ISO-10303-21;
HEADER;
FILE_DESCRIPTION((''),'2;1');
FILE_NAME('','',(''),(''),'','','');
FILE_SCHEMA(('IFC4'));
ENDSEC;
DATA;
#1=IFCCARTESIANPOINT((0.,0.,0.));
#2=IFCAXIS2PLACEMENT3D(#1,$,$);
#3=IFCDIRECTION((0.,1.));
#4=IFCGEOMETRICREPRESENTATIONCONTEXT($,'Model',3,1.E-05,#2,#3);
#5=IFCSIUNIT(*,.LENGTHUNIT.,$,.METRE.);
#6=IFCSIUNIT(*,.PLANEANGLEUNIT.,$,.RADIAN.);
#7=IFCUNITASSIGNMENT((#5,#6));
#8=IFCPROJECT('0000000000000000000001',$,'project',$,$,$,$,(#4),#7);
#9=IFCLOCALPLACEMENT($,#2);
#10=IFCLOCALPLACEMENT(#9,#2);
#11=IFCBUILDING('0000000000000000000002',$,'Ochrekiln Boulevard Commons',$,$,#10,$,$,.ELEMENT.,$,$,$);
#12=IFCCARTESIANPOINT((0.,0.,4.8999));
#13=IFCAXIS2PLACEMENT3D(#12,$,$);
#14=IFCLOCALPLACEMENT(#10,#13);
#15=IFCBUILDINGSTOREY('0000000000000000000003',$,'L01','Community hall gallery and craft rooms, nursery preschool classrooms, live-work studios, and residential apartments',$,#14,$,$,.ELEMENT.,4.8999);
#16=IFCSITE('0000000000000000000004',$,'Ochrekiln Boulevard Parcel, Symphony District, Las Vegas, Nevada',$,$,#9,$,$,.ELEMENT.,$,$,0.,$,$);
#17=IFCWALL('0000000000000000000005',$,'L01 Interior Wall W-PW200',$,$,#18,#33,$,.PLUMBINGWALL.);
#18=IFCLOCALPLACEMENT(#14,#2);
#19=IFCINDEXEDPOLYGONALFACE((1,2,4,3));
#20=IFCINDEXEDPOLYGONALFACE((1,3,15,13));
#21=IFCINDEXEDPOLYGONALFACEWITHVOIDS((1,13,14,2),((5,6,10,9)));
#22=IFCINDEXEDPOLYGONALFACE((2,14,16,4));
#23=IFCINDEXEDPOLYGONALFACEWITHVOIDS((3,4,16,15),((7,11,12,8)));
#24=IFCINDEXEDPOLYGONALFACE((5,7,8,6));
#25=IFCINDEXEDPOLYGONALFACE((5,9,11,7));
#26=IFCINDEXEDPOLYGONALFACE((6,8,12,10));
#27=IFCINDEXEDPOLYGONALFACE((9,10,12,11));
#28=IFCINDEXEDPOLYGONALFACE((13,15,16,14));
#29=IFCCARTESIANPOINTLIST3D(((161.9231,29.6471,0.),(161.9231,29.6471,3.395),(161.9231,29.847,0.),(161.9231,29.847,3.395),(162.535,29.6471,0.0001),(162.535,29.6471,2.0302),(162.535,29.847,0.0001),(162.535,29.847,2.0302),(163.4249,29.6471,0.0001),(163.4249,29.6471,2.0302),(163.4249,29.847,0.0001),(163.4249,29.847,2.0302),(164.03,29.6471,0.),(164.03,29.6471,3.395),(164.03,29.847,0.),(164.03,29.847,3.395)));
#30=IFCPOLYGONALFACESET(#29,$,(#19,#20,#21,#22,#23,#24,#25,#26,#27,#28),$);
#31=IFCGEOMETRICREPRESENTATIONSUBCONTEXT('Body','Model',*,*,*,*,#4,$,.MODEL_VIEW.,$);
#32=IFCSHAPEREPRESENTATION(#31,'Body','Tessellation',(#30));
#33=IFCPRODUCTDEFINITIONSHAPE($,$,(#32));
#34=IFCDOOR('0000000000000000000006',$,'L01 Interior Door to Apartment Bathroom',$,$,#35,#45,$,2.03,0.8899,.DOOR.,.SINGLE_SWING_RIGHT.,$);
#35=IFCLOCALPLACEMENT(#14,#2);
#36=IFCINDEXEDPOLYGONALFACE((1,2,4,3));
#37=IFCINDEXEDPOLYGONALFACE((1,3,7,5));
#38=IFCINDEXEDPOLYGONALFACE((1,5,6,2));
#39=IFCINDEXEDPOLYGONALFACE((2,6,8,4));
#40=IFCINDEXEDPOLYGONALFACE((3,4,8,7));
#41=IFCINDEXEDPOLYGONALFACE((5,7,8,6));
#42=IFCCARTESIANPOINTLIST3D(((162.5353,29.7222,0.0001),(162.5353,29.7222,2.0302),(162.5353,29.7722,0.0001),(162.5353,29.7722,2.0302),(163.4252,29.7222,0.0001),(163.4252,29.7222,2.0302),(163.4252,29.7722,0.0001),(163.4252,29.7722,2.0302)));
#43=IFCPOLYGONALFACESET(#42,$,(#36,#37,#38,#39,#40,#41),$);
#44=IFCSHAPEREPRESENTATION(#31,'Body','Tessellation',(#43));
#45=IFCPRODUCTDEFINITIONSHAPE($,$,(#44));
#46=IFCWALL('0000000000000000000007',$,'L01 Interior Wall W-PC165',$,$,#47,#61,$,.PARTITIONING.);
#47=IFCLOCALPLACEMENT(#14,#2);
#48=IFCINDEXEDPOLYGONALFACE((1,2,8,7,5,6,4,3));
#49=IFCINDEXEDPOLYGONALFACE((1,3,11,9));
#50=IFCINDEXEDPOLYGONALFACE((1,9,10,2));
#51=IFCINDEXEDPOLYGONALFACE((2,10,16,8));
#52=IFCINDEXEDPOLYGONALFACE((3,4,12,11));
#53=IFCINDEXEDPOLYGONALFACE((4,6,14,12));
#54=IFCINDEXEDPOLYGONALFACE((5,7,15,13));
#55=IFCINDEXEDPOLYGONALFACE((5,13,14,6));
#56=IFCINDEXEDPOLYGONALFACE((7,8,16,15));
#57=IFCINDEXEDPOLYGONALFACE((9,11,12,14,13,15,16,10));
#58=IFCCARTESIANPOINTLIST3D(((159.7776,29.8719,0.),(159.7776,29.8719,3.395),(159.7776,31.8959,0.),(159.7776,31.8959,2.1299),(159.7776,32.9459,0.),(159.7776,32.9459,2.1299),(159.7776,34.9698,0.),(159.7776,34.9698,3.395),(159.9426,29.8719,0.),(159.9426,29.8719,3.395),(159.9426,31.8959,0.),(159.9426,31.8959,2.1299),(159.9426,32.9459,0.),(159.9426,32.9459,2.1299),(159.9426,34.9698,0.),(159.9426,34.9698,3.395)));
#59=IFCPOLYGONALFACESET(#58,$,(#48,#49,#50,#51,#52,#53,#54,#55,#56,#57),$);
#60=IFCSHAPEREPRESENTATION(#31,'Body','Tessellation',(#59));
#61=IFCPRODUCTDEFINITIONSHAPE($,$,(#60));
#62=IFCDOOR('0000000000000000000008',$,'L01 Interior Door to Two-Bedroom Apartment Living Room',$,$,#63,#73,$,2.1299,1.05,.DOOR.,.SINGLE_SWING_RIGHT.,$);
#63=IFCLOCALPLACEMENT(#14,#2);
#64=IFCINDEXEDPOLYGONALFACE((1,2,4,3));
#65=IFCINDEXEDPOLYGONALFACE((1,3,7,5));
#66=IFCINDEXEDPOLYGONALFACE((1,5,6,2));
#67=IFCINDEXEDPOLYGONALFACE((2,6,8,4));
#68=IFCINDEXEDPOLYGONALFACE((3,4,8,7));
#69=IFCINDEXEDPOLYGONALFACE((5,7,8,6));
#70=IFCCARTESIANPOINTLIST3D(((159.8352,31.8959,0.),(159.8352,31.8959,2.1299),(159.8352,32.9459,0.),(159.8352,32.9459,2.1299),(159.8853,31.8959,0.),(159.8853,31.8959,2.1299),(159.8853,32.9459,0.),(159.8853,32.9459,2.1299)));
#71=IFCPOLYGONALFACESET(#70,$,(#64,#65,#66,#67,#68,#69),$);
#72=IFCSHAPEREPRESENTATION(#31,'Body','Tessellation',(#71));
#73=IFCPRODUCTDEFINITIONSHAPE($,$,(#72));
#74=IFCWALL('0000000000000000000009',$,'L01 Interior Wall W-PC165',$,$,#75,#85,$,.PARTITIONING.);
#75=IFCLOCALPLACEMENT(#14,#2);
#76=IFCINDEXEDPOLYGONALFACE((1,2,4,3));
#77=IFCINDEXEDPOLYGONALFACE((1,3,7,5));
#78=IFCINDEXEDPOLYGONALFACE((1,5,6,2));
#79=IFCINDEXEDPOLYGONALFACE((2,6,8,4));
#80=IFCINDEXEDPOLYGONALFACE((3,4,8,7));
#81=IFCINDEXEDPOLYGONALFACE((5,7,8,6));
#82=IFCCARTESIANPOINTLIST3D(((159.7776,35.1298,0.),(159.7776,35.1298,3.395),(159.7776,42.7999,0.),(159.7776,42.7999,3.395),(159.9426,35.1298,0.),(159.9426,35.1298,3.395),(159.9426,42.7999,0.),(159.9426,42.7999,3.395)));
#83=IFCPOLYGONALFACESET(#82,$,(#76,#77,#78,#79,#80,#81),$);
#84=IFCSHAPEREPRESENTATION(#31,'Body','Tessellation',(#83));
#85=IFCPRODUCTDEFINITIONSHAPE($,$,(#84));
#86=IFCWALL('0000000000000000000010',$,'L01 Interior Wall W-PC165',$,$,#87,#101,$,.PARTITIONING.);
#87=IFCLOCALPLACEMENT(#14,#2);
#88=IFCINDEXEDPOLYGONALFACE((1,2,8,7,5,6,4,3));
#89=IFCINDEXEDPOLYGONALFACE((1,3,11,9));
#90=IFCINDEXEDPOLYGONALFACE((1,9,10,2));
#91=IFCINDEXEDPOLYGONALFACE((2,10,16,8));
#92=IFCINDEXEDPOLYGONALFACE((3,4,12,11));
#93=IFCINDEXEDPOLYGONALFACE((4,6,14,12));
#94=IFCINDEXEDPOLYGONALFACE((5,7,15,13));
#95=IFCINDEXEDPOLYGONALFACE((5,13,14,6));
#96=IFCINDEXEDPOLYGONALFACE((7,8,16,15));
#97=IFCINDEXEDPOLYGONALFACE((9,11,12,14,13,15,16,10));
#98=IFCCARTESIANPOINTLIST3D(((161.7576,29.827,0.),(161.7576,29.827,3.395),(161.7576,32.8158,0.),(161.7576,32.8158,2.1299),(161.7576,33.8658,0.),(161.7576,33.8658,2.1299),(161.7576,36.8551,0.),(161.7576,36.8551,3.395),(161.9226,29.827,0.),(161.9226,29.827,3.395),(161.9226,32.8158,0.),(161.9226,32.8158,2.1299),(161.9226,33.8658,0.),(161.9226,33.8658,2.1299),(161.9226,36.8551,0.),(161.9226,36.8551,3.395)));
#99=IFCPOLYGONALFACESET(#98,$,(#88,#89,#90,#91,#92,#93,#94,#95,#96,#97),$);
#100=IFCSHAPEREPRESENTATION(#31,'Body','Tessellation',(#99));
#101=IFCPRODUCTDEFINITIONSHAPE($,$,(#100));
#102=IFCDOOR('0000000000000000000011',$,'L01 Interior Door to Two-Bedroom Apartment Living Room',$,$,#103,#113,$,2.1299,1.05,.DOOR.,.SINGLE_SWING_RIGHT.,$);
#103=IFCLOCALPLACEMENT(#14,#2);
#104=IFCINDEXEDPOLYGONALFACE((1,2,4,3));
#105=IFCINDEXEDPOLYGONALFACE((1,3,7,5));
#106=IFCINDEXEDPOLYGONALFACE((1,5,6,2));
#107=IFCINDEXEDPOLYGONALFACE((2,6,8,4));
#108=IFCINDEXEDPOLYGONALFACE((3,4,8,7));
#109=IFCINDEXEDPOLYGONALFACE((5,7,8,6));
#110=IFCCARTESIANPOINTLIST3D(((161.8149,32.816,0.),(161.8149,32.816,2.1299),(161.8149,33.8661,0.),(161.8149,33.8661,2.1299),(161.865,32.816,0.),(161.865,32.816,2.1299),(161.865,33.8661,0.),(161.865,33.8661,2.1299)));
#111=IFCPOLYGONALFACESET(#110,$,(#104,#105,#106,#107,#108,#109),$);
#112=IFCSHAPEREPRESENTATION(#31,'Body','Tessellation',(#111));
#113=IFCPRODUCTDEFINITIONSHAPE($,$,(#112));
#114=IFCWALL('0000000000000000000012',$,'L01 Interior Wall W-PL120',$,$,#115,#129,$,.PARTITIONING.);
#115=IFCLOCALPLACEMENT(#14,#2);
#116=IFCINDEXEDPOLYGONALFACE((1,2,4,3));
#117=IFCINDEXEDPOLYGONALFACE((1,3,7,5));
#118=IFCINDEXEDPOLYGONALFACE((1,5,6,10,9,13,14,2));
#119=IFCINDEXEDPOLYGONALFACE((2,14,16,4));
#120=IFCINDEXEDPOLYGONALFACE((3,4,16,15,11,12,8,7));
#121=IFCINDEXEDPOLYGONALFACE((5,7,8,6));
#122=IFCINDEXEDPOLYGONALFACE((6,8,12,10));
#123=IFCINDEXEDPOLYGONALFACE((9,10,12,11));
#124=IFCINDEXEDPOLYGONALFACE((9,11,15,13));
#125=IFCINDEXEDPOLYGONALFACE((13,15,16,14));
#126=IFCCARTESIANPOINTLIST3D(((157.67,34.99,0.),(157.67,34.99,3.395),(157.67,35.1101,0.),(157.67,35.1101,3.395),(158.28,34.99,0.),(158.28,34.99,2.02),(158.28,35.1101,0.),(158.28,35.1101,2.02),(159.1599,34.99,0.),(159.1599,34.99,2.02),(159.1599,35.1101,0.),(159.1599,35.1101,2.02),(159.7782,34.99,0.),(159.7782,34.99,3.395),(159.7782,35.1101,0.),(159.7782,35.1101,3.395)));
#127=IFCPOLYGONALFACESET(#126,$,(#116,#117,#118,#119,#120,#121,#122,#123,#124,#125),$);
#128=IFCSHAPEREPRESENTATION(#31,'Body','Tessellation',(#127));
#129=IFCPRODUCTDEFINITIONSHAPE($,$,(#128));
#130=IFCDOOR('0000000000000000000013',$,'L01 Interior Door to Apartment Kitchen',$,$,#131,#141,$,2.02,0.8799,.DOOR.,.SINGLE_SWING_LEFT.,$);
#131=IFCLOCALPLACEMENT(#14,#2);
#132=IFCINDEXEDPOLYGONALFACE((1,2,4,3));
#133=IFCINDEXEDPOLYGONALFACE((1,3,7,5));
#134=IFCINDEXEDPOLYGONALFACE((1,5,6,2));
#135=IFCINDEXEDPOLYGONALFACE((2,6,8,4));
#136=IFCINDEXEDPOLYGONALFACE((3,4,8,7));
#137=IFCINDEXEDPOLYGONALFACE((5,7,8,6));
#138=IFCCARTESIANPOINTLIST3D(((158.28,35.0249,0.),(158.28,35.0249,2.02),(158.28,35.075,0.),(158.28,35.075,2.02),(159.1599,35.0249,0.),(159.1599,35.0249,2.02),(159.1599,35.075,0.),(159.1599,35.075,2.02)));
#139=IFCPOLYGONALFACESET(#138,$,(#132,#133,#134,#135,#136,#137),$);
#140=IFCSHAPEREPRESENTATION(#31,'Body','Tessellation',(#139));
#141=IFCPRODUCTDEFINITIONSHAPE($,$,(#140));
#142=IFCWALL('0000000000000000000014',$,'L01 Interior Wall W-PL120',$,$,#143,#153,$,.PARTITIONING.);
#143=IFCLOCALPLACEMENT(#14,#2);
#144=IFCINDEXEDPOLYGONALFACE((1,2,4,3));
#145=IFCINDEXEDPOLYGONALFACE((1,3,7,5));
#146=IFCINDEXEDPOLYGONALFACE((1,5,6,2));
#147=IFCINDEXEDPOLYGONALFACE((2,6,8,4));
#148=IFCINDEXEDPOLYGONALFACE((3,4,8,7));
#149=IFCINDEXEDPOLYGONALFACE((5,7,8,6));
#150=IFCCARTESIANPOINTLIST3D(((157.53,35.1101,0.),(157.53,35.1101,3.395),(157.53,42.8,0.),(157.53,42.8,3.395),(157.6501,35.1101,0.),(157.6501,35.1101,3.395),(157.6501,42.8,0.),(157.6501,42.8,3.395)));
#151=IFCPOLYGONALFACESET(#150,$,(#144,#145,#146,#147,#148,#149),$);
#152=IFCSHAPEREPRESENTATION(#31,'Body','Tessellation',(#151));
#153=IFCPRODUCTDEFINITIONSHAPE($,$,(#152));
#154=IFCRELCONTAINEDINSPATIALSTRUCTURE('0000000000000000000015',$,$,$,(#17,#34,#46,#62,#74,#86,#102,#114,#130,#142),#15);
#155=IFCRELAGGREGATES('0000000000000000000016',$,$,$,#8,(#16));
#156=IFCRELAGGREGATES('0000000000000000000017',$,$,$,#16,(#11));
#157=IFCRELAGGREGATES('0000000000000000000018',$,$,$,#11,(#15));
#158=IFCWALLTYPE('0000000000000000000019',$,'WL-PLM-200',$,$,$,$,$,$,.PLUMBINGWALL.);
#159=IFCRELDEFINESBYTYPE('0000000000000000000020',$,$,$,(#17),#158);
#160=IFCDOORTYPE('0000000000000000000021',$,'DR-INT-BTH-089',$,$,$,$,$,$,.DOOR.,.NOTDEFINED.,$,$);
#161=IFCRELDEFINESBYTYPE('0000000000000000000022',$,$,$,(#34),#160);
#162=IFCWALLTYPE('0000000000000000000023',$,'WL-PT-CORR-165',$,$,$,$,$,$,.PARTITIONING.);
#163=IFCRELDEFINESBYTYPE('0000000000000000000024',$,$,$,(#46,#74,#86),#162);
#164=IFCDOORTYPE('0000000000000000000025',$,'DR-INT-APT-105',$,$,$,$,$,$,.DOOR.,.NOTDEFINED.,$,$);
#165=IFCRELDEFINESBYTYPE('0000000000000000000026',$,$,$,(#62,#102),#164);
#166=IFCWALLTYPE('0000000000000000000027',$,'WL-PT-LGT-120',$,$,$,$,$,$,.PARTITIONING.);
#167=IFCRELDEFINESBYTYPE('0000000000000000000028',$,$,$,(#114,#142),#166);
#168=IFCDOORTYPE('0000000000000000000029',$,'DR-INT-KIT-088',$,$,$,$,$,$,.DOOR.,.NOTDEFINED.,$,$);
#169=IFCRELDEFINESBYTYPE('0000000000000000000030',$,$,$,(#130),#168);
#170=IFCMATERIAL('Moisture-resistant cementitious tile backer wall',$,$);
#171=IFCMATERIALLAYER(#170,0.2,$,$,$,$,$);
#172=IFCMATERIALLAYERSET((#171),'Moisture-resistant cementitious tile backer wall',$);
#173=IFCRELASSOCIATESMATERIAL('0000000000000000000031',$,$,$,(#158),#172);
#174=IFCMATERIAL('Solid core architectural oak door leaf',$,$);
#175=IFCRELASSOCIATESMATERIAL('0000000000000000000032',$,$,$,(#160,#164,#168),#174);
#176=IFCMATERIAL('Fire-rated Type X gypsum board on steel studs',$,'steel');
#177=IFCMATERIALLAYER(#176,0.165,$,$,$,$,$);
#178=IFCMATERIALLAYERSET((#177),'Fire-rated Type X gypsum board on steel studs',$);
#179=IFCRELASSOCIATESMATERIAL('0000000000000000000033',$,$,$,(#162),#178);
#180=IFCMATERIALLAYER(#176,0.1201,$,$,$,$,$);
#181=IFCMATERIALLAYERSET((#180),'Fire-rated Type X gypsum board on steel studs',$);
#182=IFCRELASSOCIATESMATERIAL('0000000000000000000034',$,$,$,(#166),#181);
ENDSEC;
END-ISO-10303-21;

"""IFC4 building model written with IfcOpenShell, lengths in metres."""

from ifc_helpers import new_model, si_unit, direction, frame, frame_2d, origin, place, context, subcontext, project, spatial, rectangle, extrude, material, layer, layer_set, type_object, element, fill, save


model = new_model("IFC4")

# Units and contexts
model_context = context("Model", 3, precision=1e-05, world=origin(), true_north=direction((0.0, 1.0)))
body_context = subcontext(model_context, "Body", "Model", "MODEL_VIEW")
ifc_project = project(units=[si_unit("LENGTHUNIT", "METRE"), si_unit("PLANEANGLEUNIT", "RADIAN")], contexts=[model_context])

# Site, building, storey
site_placement = place(None, origin())
site = spatial("IfcSite", under=ifc_project, at=site_placement, Name="Ochrekiln Boulevard Parcel, Symphony District, Las Vegas, Nevada", CompositionType="ELEMENT", RefElevation=0.0)
building_placement = place(site_placement, origin())
building = spatial("IfcBuilding", under=site, at=building_placement, Name="Ochrekiln Boulevard Commons", CompositionType="ELEMENT")
storey_placement = place(building_placement, frame((0.0, 0.0, 4.8999)))
storey = spatial("IfcBuildingStorey", under=building, at=storey_placement, Name="L01", Description="Community hall gallery and craft rooms, nursery preschool classrooms, live-work studios, and residential apartments", CompositionType="ELEMENT", Elevation=4.8999)

# Walls, openings, doors
ifc_material_1 = material(Name="Moisture-resistant cementitious tile backer wall")
ifc_layer_1 = layer(ifc_material_1, 0.2)
ifc_layer_set_1 = layer_set([ifc_layer_1], Name="Moisture-resistant cementitious tile backer wall")
wall_type_1 = type_object("IfcWallType", Name="WL-PLM-200", PredefinedType="PLUMBINGWALL", material=ifc_layer_set_1)
ifc_material_2 = material(Name="Solid core architectural oak door leaf")
door_type_1 = type_object("IfcDoorType", Name="DR-INT-BTH-089", OperationType="NOTDEFINED", PredefinedType="DOOR", material=ifc_material_2)
wall_1_placement = place(storey_placement, frame((161.9231, 29.7471, 0.0), z_axis=(0.0, 0.0, 1.0), x_axis=(1.0, 0.0, 0.0)))
wall_1 = element("IfcWall", 1, at=wall_1_placement, inside=storey, type_object=wall_type_1, Name="L01 Interior Wall W-PW200", PredefinedType="PLUMBINGWALL", context=body_context, shape_type="SweptSolid", body=[
    extrude(rectangle(XDim=2.1069, YDim=0.2, at=frame_2d((1.0535, 0.0))), origin(), (0.0, 0.0, 1.0), 3.395),
])
opening_1_placement = place(wall_1_placement, frame((0.6121, 0.0, 0.0)))
opening_1 = element("IfcOpeningElement", 2, at=opening_1_placement, cuts=wall_1, PredefinedType="OPENING", context=body_context, shape_type="SweptSolid", body=[
    extrude(rectangle(XDim=0.8899, YDim=2.03, at=frame_2d((0.4448, 1.0151))), frame((0.0, 0.1099, 0.0), z_axis=(0.0, -1.0, 0.0), x_axis=(1.0, 0.0, 0.0)), (0.0, 0.0, 1.0), 0.22),
])
door_1_placement = place(opening_1_placement, frame((0.8899, 0.0, 0.0), z_axis=(0.0, 0.0, 1.0), x_axis=(-1.0, 0.0, 0.0)))
door_1 = element("IfcDoor", 3, at=door_1_placement, inside=storey, type_object=door_type_1, Name="L01 Interior Door to Apartment Bathroom", OperationType="SINGLE_SWING_RIGHT", OverallHeight=2.03, OverallWidth=0.8899, PredefinedType="DOOR", context=body_context, shape_type="SweptSolid", body=[
    extrude(rectangle(XDim=0.8899, YDim=2.03, at=frame_2d((0.4448, 1.0151))), frame((0.0, 0.0249, 0.0), z_axis=(0.0, -1.0, 0.0), x_axis=(1.0, 0.0, 0.0)), (0.0, 0.0, 1.0), 0.05),
])
fill(opening_1, door_1)
ifc_material_3 = material(Name="Fire-rated Type X gypsum board on steel studs", Category="steel")
ifc_layer_2 = layer(ifc_material_3, 0.165)
ifc_layer_set_2 = layer_set([ifc_layer_2], Name="Fire-rated Type X gypsum board on steel studs")
wall_type_2 = type_object("IfcWallType", Name="WL-PT-CORR-165", PredefinedType="PARTITIONING", material=ifc_layer_set_2)
wall_2_placement = place(storey_placement, frame((159.8601, 29.8721, 0.0), z_axis=(0.0, 0.0, 1.0), x_axis=(0.0, 1.0, 0.0)))
wall_2 = element("IfcWall", 4, at=wall_2_placement, inside=storey, type_object=wall_type_2, Name="L01 Interior Wall W-PC165", PredefinedType="PARTITIONING", context=body_context, shape_type="SweptSolid", body=[
    extrude(rectangle(XDim=5.0979, YDim=0.165, at=frame_2d((2.5488, 0.0))), origin(), (0.0, 0.0, 1.0), 3.395),
])
opening_2_placement = place(wall_2_placement, frame((2.0239, 0.0, 0.0)))
opening_2 = element("IfcOpeningElement", 5, at=opening_2_placement, cuts=wall_2, PredefinedType="OPENING", context=body_context, shape_type="SweptSolid", body=[
    extrude(rectangle(XDim=1.05, YDim=2.1299, at=frame_2d((0.5249, 1.0649))), frame((0.0, 0.0925, 0.0), z_axis=(0.0, -1.0, 0.0), x_axis=(1.0, 0.0, 0.0)), (0.0, 0.0, 1.0), 0.1851),
])
door_type_2 = type_object("IfcDoorType", Name="DR-INT-APT-105", OperationType="NOTDEFINED", PredefinedType="DOOR", material=ifc_material_2)
door_2_placement = place(opening_2_placement, origin())
door_2 = element("IfcDoor", 6, at=door_2_placement, inside=storey, type_object=door_type_2, Name="L01 Interior Door to Two-Bedroom Apartment Living Room", OperationType="SINGLE_SWING_RIGHT", OverallHeight=2.1299, OverallWidth=1.05, PredefinedType="DOOR", context=body_context, shape_type="SweptSolid", body=[
    extrude(rectangle(XDim=1.05, YDim=2.1299, at=frame_2d((0.5249, 1.0649))), frame((0.0, 0.0249, 0.0), z_axis=(0.0, -1.0, 0.0), x_axis=(1.0, 0.0, 0.0)), (0.0, 0.0, 1.0), 0.05),
])
fill(opening_2, door_2)

# Wall
wall_3_placement = place(storey_placement, frame((159.8601, 35.1299, 0.0), z_axis=(0.0, 0.0, 1.0), x_axis=(0.0, 1.0, 0.0)))
element("IfcWall", 7, at=wall_3_placement, inside=storey, type_object=wall_type_2, Name="L01 Interior Wall W-PC165", PredefinedType="PARTITIONING", context=body_context, shape_type="SweptSolid", body=[
    extrude(rectangle(XDim=7.6702, YDim=0.165, at=frame_2d((3.835, 0.0))), origin(), (0.0, 0.0, 1.0), 3.395),
])

# Walls, openings, doors
wall_4_placement = place(storey_placement, frame((161.8401, 29.8269, 0.0), z_axis=(0.0, 0.0, 1.0), x_axis=(0.0, 1.0, 0.0)))
wall_4 = element("IfcWall", 8, at=wall_4_placement, inside=storey, type_object=wall_type_2, Name="L01 Interior Wall W-PC165", PredefinedType="PARTITIONING", context=body_context, shape_type="SweptSolid", body=[
    extrude(rectangle(XDim=7.0281, YDim=0.165, at=frame_2d((3.5142, 0.0))), origin(), (0.0, 0.0, 1.0), 3.395),
])
opening_3_placement = place(wall_4_placement, frame((2.989, 0.0, 0.0)))
opening_3 = element("IfcOpeningElement", 9, at=opening_3_placement, cuts=wall_4, PredefinedType="OPENING", context=body_context, shape_type="SweptSolid", body=[
    extrude(rectangle(XDim=1.05, YDim=2.1299, at=frame_2d((0.5249, 1.0649))), frame((0.0, 0.0925, 0.0), z_axis=(0.0, -1.0, 0.0), x_axis=(1.0, 0.0, 0.0)), (0.0, 0.0, 1.0), 0.1851),
])
door_3_placement = place(opening_3_placement, frame((1.05, 0.0, 0.0), z_axis=(0.0, 0.0, 1.0), x_axis=(-1.0, 0.0, 0.0)))
door_3 = element("IfcDoor", 10, at=door_3_placement, inside=storey, type_object=door_type_2, Name="L01 Interior Door to Two-Bedroom Apartment Living Room", OperationType="SINGLE_SWING_RIGHT", OverallHeight=2.1299, OverallWidth=1.05, PredefinedType="DOOR", context=body_context, shape_type="SweptSolid", body=[
    extrude(rectangle(XDim=1.05, YDim=2.1299, at=frame_2d((0.5249, 1.0649))), frame((0.0, 0.0249, 0.0), z_axis=(0.0, -1.0, 0.0), x_axis=(1.0, 0.0, 0.0)), (0.0, 0.0, 1.0), 0.05),
])
fill(opening_3, door_3)
ifc_layer_3 = layer(ifc_material_3, 0.1201)
ifc_layer_set_3 = layer_set([ifc_layer_3], Name="Fire-rated Type X gypsum board on steel studs")
wall_type_3 = type_object("IfcWallType", Name="WL-PT-LGT-120", PredefinedType="PARTITIONING", material=ifc_layer_set_3)
wall_5_placement = place(storey_placement, frame((157.6699, 35.05, 0.0), z_axis=(0.0, 0.0, 1.0), x_axis=(1.0, 0.0, 0.0)))
wall_5 = element("IfcWall", 11, at=wall_5_placement, inside=storey, type_object=wall_type_3, Name="L01 Interior Wall W-PL120", PredefinedType="PARTITIONING", context=body_context, shape_type="SweptSolid", body=[
    extrude(rectangle(XDim=2.1082, YDim=0.1201, at=frame_2d((1.0542, 0.0))), origin(), (0.0, 0.0, 1.0), 3.395),
])
opening_4_placement = place(wall_5_placement, frame((0.6101, 0.0, 0.0)))
opening_4 = element("IfcOpeningElement", 12, at=opening_4_placement, cuts=wall_5, PredefinedType="OPENING", context=body_context, shape_type="SweptSolid", body=[
    extrude(rectangle(XDim=0.8799, YDim=2.02, at=frame_2d((0.4399, 1.01))), frame((0.0, 0.0701, 0.0), z_axis=(0.0, -1.0, 0.0), x_axis=(1.0, 0.0, 0.0)), (0.0, 0.0, 1.0), 0.1401),
])
door_type_3 = type_object("IfcDoorType", Name="DR-INT-KIT-088", OperationType="NOTDEFINED", PredefinedType="DOOR", material=ifc_material_2)
door_4_placement = place(opening_4_placement, origin())
door_4 = element("IfcDoor", 13, at=door_4_placement, inside=storey, type_object=door_type_3, Name="L01 Interior Door to Apartment Kitchen", OperationType="SINGLE_SWING_LEFT", OverallHeight=2.02, OverallWidth=0.8799, PredefinedType="DOOR", context=body_context, shape_type="SweptSolid", body=[
    extrude(rectangle(XDim=0.8799, YDim=2.02, at=frame_2d((0.4399, 1.01))), frame((0.0, 0.0249, 0.0), z_axis=(0.0, -1.0, 0.0), x_axis=(1.0, 0.0, 0.0)), (0.0, 0.0, 1.0), 0.05),
])
fill(opening_4, door_4)

# Wall
wall_6_placement = place(storey_placement, frame((157.5901, 35.1101, 0.0), z_axis=(0.0, 0.0, 1.0), x_axis=(0.0, 1.0, 0.0)))
element("IfcWall", 14, at=wall_6_placement, inside=storey, type_object=wall_type_3, Name="L01 Interior Wall W-PL120", PredefinedType="PARTITIONING", context=body_context, shape_type="SweptSolid", body=[
    extrude(rectangle(XDim=7.6899, YDim=0.1201, at=frame_2d((3.845, 0.0))), origin(), (0.0, 0.0, 1.0), 3.395),
])

save(model, "model.ifc")
